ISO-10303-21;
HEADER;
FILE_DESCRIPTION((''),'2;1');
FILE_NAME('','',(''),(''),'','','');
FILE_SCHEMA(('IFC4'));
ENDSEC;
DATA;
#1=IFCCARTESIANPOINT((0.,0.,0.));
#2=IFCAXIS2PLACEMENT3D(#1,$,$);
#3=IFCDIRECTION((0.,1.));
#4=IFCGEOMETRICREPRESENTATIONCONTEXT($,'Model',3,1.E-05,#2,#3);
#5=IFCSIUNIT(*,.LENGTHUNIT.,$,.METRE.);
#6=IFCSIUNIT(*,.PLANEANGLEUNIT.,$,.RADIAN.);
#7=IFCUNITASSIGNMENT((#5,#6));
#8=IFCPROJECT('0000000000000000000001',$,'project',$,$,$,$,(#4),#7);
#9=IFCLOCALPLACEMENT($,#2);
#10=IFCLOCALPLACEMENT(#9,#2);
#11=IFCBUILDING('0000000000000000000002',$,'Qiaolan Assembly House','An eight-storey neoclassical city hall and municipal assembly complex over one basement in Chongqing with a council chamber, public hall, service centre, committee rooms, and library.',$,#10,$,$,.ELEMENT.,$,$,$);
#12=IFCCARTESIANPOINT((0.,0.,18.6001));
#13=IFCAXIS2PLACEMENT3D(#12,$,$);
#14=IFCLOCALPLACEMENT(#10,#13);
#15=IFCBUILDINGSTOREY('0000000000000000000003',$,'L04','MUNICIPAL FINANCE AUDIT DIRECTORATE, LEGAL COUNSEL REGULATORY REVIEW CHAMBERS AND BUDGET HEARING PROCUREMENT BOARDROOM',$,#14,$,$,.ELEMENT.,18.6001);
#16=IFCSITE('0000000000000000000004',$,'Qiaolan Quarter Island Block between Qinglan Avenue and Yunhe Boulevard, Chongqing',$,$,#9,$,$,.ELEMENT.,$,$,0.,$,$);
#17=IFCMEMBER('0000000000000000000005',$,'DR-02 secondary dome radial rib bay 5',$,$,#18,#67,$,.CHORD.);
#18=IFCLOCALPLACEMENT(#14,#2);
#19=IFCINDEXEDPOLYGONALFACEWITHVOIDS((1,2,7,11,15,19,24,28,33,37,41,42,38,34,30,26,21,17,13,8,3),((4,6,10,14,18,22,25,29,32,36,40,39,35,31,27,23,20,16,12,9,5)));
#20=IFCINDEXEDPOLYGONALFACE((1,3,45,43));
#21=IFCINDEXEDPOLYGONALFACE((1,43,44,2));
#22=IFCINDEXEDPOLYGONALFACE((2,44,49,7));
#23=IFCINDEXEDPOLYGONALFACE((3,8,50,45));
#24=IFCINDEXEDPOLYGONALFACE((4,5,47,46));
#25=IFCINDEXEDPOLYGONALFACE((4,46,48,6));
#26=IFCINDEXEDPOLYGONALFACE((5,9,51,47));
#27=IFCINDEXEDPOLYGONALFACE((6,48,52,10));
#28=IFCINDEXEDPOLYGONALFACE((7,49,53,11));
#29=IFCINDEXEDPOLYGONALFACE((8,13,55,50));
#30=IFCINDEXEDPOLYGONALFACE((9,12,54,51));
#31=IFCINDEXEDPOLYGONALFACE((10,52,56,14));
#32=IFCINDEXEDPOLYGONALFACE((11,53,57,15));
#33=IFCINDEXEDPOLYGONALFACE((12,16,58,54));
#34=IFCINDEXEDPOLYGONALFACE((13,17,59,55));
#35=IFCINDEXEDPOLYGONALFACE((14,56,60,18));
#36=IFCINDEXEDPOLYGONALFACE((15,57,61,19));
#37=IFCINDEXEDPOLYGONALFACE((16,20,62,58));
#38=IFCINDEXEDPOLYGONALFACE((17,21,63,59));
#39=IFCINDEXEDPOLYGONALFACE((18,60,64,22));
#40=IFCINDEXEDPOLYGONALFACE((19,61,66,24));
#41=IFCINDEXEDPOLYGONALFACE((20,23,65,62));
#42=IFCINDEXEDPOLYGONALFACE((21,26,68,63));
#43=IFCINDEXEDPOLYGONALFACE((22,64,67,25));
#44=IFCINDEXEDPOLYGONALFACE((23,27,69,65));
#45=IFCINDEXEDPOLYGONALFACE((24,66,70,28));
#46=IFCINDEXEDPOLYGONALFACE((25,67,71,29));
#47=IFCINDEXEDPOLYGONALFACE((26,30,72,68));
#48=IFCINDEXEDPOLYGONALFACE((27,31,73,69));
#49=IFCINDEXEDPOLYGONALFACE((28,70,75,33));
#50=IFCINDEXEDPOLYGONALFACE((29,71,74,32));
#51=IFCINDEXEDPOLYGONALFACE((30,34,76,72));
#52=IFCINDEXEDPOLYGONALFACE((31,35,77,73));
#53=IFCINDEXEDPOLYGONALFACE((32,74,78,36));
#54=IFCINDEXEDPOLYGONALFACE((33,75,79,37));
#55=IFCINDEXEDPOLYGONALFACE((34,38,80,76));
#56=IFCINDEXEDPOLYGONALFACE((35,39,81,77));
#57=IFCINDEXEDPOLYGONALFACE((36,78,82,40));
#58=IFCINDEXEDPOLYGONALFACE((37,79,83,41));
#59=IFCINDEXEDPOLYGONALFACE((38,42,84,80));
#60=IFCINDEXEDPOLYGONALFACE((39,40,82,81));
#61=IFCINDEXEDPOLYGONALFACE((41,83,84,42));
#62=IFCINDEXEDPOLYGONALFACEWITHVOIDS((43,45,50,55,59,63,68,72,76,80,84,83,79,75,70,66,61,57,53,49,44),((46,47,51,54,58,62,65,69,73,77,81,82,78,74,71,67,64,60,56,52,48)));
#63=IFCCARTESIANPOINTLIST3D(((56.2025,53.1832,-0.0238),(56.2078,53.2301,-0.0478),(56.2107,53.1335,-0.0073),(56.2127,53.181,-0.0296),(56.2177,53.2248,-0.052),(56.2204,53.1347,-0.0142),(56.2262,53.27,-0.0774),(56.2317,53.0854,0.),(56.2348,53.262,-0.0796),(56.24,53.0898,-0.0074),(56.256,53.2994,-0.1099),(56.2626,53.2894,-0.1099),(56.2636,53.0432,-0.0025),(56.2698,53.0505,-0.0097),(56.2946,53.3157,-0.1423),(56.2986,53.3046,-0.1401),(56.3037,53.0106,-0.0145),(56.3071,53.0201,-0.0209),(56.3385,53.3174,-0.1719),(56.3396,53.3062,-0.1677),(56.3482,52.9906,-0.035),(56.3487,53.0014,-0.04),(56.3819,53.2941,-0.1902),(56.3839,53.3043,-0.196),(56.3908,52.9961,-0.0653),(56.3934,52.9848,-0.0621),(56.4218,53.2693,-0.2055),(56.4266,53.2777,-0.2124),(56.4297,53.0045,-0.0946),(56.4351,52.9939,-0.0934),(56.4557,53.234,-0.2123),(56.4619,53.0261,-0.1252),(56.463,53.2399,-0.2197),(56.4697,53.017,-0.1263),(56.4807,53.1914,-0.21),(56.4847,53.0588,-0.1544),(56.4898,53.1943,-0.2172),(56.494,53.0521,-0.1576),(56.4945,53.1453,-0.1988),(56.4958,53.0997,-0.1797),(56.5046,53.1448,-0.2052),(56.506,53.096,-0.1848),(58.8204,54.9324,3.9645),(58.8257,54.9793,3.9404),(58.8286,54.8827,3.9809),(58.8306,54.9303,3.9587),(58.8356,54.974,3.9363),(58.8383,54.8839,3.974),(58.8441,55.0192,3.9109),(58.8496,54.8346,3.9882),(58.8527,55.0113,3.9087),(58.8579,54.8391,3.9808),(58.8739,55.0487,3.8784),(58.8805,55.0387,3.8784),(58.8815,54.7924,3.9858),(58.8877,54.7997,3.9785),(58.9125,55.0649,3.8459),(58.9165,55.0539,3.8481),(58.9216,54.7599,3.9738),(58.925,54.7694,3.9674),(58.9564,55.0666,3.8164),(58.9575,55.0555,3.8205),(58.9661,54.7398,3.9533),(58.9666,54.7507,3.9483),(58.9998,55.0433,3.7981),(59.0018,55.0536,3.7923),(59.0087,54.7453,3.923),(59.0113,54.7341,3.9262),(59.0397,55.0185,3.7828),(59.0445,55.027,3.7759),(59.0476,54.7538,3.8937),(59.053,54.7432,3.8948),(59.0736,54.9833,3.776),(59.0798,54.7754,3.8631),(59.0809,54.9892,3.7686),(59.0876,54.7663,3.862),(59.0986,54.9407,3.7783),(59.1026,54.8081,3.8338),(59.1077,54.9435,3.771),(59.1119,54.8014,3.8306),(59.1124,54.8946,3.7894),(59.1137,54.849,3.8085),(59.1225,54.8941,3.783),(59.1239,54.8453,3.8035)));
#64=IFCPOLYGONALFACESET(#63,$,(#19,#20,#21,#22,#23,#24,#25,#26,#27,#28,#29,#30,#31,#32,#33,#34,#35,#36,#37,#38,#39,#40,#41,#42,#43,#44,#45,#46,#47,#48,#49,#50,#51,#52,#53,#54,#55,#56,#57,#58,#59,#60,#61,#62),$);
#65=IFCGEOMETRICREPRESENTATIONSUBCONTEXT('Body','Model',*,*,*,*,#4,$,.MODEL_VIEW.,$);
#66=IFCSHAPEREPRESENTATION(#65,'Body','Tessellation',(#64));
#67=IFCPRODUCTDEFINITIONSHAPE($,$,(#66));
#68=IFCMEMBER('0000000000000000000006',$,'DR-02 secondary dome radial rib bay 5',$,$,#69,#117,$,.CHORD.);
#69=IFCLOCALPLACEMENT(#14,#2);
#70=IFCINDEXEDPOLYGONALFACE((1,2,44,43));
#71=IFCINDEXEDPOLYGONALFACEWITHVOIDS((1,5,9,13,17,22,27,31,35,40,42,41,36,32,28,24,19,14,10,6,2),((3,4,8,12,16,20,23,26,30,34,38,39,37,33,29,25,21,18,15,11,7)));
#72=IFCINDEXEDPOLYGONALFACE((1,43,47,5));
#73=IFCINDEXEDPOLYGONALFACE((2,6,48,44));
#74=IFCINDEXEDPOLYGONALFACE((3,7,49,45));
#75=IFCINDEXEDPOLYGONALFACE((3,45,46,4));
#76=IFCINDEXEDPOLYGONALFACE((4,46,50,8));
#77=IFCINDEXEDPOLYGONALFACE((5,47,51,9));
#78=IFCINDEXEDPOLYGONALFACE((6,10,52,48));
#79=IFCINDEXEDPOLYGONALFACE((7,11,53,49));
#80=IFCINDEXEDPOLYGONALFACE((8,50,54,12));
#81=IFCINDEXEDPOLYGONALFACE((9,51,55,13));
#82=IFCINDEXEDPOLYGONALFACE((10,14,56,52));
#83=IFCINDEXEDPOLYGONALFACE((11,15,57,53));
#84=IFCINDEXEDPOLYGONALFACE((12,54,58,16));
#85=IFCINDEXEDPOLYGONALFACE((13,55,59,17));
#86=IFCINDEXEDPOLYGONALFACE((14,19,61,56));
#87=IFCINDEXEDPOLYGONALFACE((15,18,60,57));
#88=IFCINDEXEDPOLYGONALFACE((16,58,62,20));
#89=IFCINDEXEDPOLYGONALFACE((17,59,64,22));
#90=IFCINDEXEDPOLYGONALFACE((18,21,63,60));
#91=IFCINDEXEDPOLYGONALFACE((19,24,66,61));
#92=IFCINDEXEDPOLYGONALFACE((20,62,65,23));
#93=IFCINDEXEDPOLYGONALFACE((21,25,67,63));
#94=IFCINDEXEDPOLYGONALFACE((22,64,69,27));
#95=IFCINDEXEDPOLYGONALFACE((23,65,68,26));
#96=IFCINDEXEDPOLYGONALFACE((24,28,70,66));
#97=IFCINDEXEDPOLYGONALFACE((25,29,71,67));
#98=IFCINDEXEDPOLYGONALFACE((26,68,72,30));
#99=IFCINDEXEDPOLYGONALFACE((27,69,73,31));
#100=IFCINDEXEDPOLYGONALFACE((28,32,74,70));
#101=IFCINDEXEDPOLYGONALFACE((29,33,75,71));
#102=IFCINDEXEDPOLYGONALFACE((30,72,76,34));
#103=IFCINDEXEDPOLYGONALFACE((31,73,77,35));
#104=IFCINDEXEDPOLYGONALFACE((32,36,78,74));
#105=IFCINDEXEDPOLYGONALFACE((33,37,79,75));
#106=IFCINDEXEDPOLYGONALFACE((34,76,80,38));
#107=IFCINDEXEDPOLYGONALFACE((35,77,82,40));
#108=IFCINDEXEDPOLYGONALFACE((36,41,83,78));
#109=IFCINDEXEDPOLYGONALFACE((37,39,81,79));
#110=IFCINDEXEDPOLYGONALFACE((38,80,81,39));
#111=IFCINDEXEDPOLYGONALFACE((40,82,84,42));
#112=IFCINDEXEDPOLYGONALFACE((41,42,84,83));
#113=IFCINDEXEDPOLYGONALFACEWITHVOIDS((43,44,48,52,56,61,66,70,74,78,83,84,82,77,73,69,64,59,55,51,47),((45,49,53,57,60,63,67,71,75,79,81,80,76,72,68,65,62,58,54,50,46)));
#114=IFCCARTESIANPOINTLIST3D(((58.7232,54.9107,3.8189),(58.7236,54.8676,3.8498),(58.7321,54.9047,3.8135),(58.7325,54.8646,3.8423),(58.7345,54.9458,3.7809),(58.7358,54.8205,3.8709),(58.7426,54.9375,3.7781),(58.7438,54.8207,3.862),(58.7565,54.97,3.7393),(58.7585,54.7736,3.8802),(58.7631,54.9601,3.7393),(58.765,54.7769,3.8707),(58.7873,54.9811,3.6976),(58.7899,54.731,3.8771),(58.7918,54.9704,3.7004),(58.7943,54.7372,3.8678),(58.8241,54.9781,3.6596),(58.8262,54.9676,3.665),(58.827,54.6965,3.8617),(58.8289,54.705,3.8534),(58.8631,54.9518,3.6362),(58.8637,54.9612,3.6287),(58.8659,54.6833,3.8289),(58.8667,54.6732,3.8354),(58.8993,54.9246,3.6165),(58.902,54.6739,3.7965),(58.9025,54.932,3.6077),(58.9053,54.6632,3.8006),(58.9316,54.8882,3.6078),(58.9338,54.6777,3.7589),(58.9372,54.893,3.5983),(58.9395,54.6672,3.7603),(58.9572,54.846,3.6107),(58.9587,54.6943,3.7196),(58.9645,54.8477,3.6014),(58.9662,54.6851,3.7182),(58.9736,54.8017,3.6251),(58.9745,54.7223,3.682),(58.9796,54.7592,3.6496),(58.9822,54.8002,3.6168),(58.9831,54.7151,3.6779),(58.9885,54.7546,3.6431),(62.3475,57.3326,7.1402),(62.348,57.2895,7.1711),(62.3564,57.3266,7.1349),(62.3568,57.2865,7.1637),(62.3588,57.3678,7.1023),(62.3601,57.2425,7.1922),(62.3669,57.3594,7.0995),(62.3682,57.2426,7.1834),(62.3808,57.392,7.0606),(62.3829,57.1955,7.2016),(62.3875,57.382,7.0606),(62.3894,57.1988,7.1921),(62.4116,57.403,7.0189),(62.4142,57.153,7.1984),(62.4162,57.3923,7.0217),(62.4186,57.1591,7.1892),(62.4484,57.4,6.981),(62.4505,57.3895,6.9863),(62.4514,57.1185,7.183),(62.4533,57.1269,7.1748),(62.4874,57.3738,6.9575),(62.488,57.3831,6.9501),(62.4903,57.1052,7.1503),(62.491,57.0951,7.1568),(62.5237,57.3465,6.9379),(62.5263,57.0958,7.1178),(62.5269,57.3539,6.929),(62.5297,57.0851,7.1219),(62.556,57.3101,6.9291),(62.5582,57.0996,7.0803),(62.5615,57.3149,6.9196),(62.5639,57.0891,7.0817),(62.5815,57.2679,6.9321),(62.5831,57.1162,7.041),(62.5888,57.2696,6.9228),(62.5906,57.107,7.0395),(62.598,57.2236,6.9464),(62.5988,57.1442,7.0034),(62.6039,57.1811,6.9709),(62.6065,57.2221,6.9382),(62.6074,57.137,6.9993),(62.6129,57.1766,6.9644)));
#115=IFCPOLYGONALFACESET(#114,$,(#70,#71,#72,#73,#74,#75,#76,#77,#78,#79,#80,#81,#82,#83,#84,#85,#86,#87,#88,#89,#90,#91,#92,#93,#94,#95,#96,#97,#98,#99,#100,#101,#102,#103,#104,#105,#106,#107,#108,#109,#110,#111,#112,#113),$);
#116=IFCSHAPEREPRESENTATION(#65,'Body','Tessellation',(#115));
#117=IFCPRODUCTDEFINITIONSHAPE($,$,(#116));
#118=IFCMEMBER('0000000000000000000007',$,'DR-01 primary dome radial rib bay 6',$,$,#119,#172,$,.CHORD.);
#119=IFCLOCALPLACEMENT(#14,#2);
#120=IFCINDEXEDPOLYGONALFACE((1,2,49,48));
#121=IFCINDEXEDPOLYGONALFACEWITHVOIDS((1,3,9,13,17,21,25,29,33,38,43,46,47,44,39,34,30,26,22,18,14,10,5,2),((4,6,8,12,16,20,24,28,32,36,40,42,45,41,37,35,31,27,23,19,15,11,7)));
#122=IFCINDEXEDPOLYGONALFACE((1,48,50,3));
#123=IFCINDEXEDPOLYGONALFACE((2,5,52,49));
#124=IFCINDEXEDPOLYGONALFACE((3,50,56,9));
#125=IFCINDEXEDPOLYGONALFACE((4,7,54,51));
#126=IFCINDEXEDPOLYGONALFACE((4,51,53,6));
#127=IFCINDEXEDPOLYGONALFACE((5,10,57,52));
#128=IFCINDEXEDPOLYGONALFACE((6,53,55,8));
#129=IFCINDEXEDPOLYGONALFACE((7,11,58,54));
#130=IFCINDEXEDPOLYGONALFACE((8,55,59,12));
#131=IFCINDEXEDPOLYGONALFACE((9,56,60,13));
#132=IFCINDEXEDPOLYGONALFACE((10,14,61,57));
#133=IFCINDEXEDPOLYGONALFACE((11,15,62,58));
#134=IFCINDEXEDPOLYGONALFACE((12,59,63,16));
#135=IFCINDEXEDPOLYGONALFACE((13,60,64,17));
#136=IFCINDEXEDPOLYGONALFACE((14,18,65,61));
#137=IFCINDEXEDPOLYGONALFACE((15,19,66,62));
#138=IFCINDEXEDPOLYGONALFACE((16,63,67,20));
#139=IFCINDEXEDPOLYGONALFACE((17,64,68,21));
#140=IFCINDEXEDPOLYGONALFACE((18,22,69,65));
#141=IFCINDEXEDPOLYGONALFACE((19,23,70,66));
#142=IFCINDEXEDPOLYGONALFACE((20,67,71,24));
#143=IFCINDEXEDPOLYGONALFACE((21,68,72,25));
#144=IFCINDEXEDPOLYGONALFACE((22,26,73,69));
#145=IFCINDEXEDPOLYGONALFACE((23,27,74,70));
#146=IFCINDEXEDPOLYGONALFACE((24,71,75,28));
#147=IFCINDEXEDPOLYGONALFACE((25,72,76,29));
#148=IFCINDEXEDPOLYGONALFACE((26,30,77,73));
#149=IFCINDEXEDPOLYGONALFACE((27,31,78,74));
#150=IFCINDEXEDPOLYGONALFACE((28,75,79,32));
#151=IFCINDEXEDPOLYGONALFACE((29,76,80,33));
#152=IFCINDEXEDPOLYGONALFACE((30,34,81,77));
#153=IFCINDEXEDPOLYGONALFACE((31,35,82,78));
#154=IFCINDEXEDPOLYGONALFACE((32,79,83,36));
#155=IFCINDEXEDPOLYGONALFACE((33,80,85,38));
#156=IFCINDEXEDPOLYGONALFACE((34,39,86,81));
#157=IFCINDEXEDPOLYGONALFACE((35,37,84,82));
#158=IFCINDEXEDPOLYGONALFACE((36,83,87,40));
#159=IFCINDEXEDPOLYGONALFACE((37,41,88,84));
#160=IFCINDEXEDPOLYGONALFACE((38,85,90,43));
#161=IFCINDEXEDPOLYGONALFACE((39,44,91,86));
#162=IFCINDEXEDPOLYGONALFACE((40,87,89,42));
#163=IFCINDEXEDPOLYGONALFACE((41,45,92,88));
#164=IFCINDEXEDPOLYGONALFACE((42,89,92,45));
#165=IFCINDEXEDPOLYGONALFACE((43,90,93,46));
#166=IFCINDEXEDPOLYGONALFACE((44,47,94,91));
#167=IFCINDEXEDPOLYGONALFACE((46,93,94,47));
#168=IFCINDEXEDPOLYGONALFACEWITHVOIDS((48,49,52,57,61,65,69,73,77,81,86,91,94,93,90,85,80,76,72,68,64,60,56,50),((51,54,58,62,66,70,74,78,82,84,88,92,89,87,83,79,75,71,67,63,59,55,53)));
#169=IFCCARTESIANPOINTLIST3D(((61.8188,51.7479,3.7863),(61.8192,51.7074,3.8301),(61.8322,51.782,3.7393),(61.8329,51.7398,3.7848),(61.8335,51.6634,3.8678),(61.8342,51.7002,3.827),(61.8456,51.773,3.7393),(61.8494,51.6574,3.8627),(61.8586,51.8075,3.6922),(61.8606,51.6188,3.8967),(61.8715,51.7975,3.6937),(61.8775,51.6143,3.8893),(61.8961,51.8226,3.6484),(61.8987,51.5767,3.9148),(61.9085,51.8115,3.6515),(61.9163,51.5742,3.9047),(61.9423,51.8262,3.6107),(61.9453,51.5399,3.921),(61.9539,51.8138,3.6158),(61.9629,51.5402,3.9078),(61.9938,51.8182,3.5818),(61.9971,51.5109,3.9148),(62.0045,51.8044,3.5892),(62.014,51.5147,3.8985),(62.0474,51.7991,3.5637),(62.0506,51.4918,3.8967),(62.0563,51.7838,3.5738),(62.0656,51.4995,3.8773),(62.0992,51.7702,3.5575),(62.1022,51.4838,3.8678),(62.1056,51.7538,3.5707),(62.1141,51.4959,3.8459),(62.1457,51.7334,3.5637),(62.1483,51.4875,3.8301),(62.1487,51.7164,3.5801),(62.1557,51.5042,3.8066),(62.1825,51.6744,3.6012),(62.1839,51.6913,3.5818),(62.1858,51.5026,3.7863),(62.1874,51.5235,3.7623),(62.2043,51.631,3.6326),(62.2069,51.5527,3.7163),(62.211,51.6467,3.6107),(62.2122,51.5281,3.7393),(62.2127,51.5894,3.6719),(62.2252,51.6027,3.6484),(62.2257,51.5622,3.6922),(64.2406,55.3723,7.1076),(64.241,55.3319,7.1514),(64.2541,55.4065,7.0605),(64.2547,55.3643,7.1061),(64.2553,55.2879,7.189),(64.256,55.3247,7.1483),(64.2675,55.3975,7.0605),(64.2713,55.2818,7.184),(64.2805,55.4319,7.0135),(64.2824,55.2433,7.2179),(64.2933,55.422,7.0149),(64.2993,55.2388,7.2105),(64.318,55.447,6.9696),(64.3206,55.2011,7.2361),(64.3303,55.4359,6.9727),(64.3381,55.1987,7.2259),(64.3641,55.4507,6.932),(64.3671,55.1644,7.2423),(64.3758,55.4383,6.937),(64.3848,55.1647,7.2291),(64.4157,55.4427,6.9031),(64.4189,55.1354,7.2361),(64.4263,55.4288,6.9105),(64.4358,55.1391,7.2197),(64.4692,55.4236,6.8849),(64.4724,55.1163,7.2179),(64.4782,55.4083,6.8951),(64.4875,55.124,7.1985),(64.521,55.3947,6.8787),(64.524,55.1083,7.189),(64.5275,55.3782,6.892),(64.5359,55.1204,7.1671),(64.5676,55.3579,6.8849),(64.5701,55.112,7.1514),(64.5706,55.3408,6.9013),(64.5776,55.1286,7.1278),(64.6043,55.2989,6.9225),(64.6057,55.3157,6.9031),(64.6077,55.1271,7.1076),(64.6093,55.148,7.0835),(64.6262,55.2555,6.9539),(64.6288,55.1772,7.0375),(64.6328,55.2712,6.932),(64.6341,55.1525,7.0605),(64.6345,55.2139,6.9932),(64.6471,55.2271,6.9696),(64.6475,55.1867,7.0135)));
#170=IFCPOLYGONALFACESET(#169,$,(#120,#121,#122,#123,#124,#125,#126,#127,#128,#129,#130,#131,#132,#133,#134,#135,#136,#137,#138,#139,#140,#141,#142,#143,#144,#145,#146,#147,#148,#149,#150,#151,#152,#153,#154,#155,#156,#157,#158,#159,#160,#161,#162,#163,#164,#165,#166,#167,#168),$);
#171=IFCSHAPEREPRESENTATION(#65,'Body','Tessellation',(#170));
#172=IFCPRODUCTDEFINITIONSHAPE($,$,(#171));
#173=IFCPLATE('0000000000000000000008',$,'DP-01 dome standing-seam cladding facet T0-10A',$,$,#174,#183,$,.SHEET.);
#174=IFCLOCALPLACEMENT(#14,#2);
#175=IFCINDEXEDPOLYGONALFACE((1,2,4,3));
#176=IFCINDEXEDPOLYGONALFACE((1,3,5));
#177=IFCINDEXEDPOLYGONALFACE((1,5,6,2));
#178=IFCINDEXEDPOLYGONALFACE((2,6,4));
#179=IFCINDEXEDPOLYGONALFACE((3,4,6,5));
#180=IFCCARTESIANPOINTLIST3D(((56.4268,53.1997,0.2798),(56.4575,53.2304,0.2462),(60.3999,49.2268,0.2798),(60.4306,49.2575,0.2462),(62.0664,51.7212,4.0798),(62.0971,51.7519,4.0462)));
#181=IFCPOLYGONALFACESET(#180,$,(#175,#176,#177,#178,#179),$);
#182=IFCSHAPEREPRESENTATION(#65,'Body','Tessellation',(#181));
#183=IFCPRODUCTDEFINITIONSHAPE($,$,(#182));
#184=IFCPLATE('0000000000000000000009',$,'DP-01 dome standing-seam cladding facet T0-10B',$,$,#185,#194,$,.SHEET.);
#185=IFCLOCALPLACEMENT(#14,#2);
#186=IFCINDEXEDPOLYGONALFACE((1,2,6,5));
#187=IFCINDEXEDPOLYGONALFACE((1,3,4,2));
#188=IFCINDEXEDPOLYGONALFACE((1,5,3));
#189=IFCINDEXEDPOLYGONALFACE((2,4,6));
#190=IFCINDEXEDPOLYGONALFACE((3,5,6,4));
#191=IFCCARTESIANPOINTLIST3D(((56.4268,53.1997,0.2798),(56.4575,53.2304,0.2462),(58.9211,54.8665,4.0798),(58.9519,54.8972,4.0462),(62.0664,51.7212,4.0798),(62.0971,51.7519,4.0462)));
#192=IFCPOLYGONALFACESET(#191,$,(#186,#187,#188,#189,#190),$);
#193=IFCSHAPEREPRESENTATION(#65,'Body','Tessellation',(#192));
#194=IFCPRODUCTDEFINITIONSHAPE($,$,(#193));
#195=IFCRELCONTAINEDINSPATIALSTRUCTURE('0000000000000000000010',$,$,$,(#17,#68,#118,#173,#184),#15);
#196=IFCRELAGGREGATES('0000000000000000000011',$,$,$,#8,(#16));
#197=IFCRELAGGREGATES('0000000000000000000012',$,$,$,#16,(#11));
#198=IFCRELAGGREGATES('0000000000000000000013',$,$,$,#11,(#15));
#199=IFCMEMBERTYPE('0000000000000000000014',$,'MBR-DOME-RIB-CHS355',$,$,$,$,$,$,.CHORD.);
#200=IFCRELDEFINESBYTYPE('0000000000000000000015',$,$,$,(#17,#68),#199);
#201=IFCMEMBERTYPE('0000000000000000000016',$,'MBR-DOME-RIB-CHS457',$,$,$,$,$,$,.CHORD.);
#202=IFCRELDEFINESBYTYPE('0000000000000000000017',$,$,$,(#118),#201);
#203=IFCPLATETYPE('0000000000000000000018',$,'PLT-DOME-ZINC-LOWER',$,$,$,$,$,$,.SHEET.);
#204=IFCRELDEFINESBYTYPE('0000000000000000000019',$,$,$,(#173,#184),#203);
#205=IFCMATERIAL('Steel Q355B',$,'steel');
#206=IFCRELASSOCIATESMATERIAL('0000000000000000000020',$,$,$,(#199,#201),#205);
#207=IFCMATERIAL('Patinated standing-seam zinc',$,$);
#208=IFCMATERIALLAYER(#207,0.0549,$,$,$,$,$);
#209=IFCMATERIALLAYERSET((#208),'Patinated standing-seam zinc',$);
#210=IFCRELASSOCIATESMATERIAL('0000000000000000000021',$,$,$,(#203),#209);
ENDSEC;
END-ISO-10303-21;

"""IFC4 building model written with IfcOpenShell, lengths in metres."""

from ifc_helpers import new_model, si_unit, direction, frame, origin, origin_2d, place, context, subcontext, project, spatial, polyline, hollow_circle, outline, extrude, material, layer, layer_set, material_profile, profile_set, type_object, element, save


model = new_model("IFC4")

# Units and contexts
model_context = context("Model", 3, precision=1e-05, world=origin(), true_north=direction((0.0, 1.0)))
body_context = subcontext(model_context, "Body", "Model", "MODEL_VIEW")
ifc_project = project(units=[si_unit("LENGTHUNIT", "METRE"), si_unit("PLANEANGLEUNIT", "RADIAN")], contexts=[model_context])

# Site, building, storey
site_placement = place(None, origin())
site = spatial("IfcSite", under=ifc_project, at=site_placement, Name="Qiaolan Quarter Island Block between Qinglan Avenue and Yunhe Boulevard, Chongqing", CompositionType="ELEMENT", RefElevation=0.0)
building_placement = place(site_placement, origin())
building = spatial("IfcBuilding", under=site, at=building_placement, Name="Qiaolan Assembly House", Description="An eight-storey neoclassical city hall and municipal assembly complex over one basement in Chongqing with a council chamber, public hall, service centre, committee rooms, and library.", CompositionType="ELEMENT")
storey_placement = place(building_placement, frame((0.0, 0.0, 18.6001)))
storey = spatial("IfcBuildingStorey", under=building, at=storey_placement, Name="L04", Description="MUNICIPAL FINANCE AUDIT DIRECTORATE, LEGAL COUNSEL REGULATORY REVIEW CHAMBERS AND BUDGET HEARING PROCUREMENT BOARDROOM", CompositionType="ELEMENT", Elevation=18.6001)

# Shared definitions
ifc_material_1 = material(Name="Steel Q355B", Category="steel")

# Members
ifc_material_profile_1 = material_profile(ifc_material_1, hollow_circle(Radius=0.1777, WallThickness=0.012, at=origin_2d()), Name="CHS 355.6x12")
ifc_profile_set_1 = profile_set([ifc_material_profile_1], Name="Steel Q355B")
member_type_1 = type_object("IfcMemberType", Name="MBR-DOME-RIB-CHS355", PredefinedType="CHORD", material=ifc_profile_set_1)
member_1_placement = place(storey_placement, frame((56.3547, 53.1516, -0.1099), z_axis=(0.515205, 0.344254, 0.784891), x_axis=(-0.555577, 0.831465, 0.0)))
element("IfcMember", 1, at=member_1_placement, inside=storey, type_object=member_type_1, Name="DR-02 secondary dome radial rib bay 5", PredefinedType="CHORD", context=body_context, shape_type="SweptSolid", body=[
    extrude(hollow_circle(Radius=0.1777, WallThickness=0.012, at=origin_2d()), origin(), (0.0, 0.0, 1.0), 5.0813),
])
member_2_placement = place(storey_placement, frame((58.8552, 54.8223, 3.7393), z_axis=(0.661348, 0.441938, 0.606061), x_axis=(-0.555605, 0.831447, 0.0)))
element("IfcMember", 2, at=member_2_placement, inside=storey, type_object=member_type_1, Name="DR-02 secondary dome radial rib bay 5", PredefinedType="CHORD", context=body_context, shape_type="SweptSolid", body=[
    extrude(hollow_circle(Radius=0.1777, WallThickness=0.012, at=origin_2d()), origin(), (0.0, 0.0, 1.0), 5.4802),
])
ifc_material_profile_2 = material_profile(ifc_material_1, hollow_circle(Radius=0.2285, WallThickness=0.0161, at=origin_2d()), Name="CHS 457x16")
ifc_profile_set_2 = profile_set([ifc_material_profile_2], Name="Steel Q355B")
member_type_2 = type_object("IfcMemberType", Name="MBR-DOME-RIB-CHS457", PredefinedType="CHORD", material=ifc_profile_set_2)
member_3_placement = place(storey_placement, frame((62.0222, 51.655, 3.7393), z_axis=(0.441925, 0.661373, 0.606043), x_axis=(-0.831464, 0.555579, 0.0)))
element("IfcMember", 3, at=member_3_placement, inside=storey, type_object=member_type_2, Name="DR-01 primary dome radial rib bay 6", PredefinedType="CHORD", context=body_context, shape_type="SweptSolid", body=[
    extrude(hollow_circle(Radius=0.2285, WallThickness=0.0161, at=origin_2d()), origin(), (0.0, 0.0, 1.0), 5.4802),
])

# Plates
ifc_material_2 = material(Name="Patinated standing-seam zinc")
ifc_layer_1 = layer(ifc_material_2, 0.0549)
ifc_layer_set_1 = layer_set([ifc_layer_1], Name="Patinated standing-seam zinc")
plate_type_1 = type_object("IfcPlateType", Name="PLT-DOME-ZINC-LOWER", PredefinedType="SHEET", material=ifc_layer_set_1)
plate_1_placement = place(storey_placement, frame((56.4268, 53.1997, 0.2798), z_axis=(-0.559092, -0.559126, 0.612204), x_axis=(0.707129, -0.707085, 0.0)))
element("IfcPlate", 4, at=plate_1_placement, inside=storey, type_object=plate_type_1, Name="DP-01 dome standing-seam cladding facet T0-10A", PredefinedType="SHEET", context=body_context, shape_type="SweptSolid", body=[
    extrude(outline(polyline([(0.0, 0.0), (5.6187, 0.0), (5.0334, 4.8059), (0.0, 0.0)])), origin(), (0.0, 0.0, -1.0), 0.0549),
])
plate_2_placement = place(storey_placement, frame((56.4268, 53.1997, 0.2798), z_axis=(-0.559098, -0.559098, 0.612224), x_axis=(0.810375, -0.212451, 0.546038)))
element("IfcPlate", 5, at=plate_2_placement, inside=storey, type_object=plate_type_1, Name="DP-01 dome standing-seam cladding facet T0-10B", PredefinedType="SHEET", context=body_context, shape_type="SweptSolid", body=[
    extrude(outline(polyline([(0.0, 0.0), (6.9593, 0.0), (3.7423, 3.0718), (0.0, 0.0)])), origin(), (0.0, 0.0, -1.0), 0.0549),
])

save(model, "model.ifc")
